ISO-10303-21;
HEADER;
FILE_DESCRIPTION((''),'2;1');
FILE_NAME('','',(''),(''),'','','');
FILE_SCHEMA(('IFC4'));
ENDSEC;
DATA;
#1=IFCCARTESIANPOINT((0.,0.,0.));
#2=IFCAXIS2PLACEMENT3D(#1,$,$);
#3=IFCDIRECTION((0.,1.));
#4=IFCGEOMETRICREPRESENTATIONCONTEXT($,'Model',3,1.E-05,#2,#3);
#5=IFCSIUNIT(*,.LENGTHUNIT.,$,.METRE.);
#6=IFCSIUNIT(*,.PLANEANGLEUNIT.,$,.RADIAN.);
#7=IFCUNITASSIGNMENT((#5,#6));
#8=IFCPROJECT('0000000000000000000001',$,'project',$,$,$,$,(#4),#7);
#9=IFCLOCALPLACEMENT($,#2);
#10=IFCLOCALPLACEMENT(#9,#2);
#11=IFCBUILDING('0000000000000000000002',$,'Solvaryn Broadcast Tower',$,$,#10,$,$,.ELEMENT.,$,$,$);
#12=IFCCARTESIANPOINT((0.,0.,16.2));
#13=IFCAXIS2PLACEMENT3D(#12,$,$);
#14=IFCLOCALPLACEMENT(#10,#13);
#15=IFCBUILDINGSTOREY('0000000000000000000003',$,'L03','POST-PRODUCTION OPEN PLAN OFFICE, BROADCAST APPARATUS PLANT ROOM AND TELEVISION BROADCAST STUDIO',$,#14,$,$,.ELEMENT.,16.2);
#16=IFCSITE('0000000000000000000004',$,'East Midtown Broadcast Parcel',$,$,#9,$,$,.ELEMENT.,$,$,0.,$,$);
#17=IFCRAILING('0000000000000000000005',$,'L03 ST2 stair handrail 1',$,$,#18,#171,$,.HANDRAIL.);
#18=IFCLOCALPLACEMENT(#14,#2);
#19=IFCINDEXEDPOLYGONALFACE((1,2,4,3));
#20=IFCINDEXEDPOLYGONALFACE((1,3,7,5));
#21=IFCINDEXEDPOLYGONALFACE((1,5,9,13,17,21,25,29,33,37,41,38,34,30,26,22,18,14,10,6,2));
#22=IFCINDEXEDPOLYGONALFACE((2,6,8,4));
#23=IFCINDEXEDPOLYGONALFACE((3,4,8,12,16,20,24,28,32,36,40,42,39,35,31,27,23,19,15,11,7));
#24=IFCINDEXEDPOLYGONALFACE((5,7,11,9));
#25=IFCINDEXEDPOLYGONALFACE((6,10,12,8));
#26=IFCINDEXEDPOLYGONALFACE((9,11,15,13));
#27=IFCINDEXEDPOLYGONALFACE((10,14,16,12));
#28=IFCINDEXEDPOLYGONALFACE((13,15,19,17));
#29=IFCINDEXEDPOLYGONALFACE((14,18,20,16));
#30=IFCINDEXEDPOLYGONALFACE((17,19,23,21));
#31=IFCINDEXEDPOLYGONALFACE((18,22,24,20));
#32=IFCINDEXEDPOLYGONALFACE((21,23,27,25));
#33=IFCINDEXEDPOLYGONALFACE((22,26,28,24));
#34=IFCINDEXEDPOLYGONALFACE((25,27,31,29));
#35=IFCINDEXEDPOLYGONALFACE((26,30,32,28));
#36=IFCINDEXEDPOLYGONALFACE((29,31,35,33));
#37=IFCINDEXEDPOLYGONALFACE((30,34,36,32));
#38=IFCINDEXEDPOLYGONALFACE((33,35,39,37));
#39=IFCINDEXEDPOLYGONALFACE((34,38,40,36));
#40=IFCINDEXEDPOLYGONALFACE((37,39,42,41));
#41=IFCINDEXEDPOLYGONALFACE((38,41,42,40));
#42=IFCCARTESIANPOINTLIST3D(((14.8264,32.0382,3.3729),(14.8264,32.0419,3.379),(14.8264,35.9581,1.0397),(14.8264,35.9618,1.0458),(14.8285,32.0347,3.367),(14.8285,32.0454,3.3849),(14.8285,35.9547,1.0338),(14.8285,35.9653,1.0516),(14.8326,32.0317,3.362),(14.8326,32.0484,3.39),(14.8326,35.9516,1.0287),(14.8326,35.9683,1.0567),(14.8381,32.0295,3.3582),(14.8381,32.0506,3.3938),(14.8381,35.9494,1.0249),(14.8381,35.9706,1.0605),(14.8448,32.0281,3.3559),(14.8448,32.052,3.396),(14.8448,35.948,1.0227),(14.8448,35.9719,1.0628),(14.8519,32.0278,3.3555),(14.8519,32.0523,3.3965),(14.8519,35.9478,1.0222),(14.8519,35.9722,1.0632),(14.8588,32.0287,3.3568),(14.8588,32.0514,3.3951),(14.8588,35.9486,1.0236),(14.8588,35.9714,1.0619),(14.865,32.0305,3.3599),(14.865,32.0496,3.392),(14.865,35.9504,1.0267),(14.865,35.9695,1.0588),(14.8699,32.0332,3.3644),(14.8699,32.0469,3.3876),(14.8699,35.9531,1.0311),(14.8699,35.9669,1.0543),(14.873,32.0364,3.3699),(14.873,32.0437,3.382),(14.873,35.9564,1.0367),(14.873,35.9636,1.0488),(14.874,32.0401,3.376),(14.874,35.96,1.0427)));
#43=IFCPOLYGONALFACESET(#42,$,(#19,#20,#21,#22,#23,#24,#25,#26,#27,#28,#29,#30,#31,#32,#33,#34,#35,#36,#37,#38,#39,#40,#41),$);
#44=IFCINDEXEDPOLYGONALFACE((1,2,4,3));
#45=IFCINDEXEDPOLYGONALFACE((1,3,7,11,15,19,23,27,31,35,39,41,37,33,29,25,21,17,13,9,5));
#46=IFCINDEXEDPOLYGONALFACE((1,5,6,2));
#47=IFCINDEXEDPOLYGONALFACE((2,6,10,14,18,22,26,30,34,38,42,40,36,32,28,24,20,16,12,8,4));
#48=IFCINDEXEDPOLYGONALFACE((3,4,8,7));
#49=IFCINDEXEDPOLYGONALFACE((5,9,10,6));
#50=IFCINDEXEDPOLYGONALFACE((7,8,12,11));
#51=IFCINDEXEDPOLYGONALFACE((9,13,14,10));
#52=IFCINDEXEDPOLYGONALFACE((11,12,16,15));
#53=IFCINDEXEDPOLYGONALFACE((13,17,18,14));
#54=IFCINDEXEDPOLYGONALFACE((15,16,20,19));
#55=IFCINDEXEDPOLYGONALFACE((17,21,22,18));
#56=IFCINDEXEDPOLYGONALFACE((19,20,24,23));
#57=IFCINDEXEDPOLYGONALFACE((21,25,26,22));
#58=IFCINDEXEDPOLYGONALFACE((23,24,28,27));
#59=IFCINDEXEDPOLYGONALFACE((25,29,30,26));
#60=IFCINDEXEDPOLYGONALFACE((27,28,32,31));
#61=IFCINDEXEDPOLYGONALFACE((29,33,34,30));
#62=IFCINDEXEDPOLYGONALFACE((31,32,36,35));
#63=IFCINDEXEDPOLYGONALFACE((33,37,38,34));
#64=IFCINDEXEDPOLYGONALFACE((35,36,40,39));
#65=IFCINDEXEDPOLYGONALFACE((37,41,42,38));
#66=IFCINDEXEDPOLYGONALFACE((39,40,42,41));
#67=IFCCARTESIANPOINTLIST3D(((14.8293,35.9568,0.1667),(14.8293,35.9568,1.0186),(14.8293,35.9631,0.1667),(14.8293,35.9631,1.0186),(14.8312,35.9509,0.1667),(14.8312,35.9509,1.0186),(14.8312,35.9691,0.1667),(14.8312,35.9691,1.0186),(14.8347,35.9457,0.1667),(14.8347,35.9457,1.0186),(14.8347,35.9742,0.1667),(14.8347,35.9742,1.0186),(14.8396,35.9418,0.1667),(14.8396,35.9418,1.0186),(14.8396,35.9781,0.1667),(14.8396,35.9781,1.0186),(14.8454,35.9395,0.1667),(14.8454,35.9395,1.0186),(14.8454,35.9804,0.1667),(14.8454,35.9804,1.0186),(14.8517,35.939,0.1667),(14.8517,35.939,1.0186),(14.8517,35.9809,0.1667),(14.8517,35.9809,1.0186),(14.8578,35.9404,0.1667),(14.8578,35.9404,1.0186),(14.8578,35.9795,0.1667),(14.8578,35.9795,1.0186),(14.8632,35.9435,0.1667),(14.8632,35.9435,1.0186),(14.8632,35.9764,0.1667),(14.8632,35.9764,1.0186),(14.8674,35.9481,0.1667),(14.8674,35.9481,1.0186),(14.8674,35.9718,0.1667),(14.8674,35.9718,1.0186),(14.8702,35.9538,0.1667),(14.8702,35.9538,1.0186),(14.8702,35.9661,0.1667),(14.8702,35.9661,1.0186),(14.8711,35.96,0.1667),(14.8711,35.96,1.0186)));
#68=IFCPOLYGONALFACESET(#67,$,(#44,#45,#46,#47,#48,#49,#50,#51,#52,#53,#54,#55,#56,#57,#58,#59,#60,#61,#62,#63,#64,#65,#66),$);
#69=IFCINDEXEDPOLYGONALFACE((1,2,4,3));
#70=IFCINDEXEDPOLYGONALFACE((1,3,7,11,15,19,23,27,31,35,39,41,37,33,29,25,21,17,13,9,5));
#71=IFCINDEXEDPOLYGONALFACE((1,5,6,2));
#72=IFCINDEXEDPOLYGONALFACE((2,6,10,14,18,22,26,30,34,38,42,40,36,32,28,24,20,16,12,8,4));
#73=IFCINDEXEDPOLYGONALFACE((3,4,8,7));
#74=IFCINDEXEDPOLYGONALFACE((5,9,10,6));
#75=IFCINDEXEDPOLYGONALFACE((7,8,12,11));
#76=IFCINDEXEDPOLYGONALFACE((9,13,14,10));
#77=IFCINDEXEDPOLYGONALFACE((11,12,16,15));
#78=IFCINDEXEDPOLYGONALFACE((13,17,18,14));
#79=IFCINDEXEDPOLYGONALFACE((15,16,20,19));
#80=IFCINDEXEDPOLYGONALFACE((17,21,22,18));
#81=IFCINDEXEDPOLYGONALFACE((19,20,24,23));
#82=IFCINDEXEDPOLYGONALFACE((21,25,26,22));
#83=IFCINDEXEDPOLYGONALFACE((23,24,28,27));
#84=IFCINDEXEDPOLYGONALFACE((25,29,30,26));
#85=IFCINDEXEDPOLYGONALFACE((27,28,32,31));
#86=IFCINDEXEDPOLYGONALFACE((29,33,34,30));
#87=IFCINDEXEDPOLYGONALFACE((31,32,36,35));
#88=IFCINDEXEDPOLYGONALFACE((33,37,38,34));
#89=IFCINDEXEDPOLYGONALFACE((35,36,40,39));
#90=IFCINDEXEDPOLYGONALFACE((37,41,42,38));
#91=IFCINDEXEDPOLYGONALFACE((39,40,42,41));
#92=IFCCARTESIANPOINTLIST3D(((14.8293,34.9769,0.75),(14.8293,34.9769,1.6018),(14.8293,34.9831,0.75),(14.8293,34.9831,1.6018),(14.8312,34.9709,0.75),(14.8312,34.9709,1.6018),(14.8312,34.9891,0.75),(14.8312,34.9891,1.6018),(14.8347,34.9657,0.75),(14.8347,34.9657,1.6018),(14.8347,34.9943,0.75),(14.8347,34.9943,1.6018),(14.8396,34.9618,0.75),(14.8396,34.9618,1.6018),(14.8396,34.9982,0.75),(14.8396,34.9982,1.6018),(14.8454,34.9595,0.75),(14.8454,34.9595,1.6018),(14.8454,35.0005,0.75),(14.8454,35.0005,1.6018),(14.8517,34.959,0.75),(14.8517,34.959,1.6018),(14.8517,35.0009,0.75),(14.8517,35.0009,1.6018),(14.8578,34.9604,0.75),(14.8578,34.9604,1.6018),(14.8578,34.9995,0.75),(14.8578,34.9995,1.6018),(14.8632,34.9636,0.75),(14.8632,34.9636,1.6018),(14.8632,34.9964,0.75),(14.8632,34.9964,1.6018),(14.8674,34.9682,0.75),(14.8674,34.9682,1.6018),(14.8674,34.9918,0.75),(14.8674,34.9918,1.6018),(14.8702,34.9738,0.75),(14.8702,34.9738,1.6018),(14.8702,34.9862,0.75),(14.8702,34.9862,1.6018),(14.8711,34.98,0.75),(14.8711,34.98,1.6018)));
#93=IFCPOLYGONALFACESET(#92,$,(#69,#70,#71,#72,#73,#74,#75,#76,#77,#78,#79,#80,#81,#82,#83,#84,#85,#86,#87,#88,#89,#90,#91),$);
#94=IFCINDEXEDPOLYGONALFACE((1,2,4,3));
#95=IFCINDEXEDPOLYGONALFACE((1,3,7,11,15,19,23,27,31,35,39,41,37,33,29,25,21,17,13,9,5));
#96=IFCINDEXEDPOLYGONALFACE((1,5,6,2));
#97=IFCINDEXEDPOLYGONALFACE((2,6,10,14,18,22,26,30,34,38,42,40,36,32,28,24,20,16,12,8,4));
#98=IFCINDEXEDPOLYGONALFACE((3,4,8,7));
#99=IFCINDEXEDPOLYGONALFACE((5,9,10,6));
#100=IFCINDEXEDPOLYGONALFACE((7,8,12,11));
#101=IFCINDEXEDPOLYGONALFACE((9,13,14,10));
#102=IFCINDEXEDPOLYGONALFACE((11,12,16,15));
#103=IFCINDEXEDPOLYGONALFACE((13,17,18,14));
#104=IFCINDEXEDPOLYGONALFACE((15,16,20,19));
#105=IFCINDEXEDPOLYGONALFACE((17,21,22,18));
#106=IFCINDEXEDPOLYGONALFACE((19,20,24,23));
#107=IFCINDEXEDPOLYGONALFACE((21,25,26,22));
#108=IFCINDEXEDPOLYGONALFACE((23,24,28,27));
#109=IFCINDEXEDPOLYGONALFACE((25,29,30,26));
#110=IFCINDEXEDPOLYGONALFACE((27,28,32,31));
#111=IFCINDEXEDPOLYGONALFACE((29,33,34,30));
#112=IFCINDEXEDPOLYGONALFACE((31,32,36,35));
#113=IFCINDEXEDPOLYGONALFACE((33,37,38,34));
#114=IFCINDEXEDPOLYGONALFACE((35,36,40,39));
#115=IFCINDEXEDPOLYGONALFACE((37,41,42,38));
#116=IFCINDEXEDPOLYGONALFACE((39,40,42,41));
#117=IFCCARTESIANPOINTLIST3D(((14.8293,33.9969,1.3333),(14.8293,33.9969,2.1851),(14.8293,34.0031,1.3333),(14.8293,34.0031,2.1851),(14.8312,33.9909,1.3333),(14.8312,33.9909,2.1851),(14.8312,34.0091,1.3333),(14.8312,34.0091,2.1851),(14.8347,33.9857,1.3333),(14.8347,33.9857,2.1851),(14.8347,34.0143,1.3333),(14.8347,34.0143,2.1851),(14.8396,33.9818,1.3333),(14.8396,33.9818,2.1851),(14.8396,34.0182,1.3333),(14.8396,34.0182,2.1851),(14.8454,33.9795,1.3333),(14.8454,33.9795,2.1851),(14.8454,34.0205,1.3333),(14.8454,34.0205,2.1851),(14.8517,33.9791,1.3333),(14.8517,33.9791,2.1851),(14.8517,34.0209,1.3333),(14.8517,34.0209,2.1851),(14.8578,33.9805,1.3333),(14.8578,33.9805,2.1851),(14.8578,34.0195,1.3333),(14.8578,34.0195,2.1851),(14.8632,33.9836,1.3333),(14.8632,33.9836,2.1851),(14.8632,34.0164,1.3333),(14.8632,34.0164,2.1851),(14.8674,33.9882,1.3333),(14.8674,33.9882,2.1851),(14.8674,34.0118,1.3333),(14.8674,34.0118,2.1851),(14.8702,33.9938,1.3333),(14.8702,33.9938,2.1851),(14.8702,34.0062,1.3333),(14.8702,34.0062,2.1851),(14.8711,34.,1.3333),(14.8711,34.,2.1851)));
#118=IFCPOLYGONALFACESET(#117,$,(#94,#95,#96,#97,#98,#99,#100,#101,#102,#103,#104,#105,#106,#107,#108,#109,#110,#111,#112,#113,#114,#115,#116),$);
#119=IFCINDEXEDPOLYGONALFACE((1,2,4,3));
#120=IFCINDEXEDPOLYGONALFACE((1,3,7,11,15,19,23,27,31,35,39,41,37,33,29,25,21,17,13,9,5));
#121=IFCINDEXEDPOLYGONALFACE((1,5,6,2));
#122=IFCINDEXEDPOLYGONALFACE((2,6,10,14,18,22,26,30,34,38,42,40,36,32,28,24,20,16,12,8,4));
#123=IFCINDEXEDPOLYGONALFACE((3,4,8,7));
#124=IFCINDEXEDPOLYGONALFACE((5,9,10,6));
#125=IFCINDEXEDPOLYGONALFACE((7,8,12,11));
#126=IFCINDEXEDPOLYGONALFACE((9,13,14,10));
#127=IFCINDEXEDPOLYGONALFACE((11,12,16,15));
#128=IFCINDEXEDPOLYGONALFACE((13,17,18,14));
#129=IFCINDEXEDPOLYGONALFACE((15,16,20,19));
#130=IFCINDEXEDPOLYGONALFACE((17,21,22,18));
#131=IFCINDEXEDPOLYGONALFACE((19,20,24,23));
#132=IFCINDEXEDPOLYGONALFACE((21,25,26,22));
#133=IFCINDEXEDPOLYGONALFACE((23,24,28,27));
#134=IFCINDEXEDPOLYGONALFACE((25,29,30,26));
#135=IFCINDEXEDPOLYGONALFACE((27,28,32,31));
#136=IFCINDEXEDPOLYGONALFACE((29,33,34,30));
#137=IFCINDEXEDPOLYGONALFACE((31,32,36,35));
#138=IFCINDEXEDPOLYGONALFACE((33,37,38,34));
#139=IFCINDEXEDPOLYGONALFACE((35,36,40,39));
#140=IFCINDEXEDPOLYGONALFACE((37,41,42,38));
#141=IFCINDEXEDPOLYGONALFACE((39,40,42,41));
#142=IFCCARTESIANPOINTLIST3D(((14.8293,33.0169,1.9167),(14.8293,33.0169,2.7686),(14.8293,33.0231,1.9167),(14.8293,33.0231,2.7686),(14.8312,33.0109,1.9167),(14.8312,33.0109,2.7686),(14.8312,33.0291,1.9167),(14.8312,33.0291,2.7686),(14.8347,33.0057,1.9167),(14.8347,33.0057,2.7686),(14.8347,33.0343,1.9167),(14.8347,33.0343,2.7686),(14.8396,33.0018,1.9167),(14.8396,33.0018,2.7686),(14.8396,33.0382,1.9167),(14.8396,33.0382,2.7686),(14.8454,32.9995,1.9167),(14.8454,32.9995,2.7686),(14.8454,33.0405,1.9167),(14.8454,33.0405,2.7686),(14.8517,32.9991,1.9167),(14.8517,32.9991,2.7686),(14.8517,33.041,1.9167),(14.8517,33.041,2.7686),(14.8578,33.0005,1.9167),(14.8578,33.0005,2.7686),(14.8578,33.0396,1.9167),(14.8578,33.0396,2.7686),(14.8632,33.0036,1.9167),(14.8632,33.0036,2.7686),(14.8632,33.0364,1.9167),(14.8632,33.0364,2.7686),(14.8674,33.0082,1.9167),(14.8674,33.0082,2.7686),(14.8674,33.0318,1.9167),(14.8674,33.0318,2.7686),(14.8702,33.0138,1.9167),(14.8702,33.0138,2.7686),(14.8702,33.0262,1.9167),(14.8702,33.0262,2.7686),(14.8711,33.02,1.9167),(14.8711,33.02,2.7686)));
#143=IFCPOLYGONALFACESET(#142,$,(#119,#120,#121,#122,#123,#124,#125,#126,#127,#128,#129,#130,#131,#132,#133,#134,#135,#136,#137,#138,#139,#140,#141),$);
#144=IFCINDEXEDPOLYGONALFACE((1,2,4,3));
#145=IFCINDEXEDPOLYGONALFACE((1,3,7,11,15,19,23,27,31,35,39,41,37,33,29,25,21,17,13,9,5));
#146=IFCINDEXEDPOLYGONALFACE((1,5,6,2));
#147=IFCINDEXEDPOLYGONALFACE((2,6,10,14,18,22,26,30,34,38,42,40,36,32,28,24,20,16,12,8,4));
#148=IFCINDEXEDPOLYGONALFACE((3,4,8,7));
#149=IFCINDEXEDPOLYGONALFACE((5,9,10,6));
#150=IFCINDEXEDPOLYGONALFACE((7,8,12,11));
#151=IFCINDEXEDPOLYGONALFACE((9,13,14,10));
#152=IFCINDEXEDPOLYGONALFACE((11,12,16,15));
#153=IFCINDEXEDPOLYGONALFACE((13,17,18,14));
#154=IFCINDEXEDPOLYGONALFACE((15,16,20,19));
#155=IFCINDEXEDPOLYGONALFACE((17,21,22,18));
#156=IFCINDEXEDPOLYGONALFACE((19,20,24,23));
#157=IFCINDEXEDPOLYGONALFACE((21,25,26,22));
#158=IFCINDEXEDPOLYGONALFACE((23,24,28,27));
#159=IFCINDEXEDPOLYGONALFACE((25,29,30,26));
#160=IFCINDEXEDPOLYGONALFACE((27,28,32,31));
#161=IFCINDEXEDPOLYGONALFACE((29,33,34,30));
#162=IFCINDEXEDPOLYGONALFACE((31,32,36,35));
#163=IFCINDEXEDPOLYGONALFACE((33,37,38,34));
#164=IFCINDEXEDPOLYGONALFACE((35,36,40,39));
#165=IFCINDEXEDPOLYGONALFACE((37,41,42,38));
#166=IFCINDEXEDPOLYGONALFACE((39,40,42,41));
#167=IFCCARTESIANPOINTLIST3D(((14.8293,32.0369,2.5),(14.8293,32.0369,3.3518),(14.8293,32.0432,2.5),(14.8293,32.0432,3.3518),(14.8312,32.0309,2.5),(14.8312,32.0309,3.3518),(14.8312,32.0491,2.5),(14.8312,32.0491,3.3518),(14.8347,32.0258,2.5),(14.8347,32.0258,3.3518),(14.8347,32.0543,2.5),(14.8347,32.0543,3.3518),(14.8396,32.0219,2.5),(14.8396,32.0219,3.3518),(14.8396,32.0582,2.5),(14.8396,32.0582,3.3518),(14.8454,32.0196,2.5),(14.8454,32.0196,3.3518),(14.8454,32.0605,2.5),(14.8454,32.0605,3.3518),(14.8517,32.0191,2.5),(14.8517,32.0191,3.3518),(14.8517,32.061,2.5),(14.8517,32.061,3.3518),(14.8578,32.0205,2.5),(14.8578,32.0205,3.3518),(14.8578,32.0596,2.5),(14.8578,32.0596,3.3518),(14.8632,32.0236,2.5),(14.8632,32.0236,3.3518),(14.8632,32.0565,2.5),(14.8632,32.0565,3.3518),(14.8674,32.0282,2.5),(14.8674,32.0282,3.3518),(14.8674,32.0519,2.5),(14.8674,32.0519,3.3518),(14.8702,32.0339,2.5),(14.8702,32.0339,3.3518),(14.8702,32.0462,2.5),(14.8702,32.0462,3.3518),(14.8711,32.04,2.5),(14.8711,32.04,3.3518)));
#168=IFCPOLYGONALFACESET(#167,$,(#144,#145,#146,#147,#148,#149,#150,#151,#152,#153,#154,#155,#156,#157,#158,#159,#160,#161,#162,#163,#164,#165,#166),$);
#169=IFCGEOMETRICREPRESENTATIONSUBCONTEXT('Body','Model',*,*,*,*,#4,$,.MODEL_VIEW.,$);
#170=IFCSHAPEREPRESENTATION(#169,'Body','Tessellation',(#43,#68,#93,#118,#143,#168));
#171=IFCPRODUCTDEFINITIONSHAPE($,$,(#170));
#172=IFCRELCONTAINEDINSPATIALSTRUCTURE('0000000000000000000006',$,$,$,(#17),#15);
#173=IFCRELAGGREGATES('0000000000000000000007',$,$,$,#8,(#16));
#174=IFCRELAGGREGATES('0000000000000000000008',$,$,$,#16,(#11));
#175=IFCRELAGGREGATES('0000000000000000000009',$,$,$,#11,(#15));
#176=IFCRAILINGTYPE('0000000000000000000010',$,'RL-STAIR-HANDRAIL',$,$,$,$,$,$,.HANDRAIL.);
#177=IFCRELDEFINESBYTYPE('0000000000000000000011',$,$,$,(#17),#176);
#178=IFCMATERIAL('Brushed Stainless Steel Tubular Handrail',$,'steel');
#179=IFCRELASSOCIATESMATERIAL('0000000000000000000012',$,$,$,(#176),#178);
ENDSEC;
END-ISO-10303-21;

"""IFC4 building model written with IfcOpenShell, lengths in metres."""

from ifc_helpers import new_model, si_unit, direction, frame, origin, origin_2d, place, context, subcontext, project, spatial, circle, extrude, material, type_object, element, save


model = new_model("IFC4")

# Units and contexts
model_context = context("Model", 3, precision=1e-05, world=origin(), true_north=direction((0.0, 1.0)))
body_context = subcontext(model_context, "Body", "Model", "MODEL_VIEW")
ifc_project = project(units=[si_unit("LENGTHUNIT", "METRE"), si_unit("PLANEANGLEUNIT", "RADIAN")], contexts=[model_context])

# Site, building, storey
site_placement = place(None, origin())
site = spatial("IfcSite", under=ifc_project, at=site_placement, Name="East Midtown Broadcast Parcel", CompositionType="ELEMENT", RefElevation=0.0)
building_placement = place(site_placement, origin())
building = spatial("IfcBuilding", under=site, at=building_placement, Name="Solvaryn Broadcast Tower", CompositionType="ELEMENT")
storey_placement = place(building_placement, frame((0.0, 0.0, 16.2)))
storey = spatial("IfcBuildingStorey", under=building, at=storey_placement, Name="L03", Description="POST-PRODUCTION OPEN PLAN OFFICE, BROADCAST APPARATUS PLANT ROOM AND TELEVISION BROADCAST STUDIO", CompositionType="ELEMENT", Elevation=16.2)

# Railing
ifc_material_1 = material(Name="Brushed Stainless Steel Tubular Handrail", Category="steel")
railing_type_1 = type_object("IfcRailingType", Name="RL-STAIR-HANDRAIL", PredefinedType="HANDRAIL", material=ifc_material_1)
railing_1_placement = place(storey_placement, frame((14.8501, 35.96, 0.1667)))
element("IfcRailing", 1, at=railing_1_placement, inside=storey, type_object=railing_type_1, Name="L03 ST2 stair handrail 1", PredefinedType="HANDRAIL", context=body_context, shape_type="SweptSolid", body=[
    extrude(circle(Radius=0.0239, at=origin_2d()), frame((0.0, 0.0, 0.876), z_axis=(0.0, -0.859296, 0.511478), x_axis=(1.0, 0.0, 0.0)), (0.0, 0.0, 1.0), 4.5618),
    extrude(circle(Radius=0.021, at=origin_2d()), origin(), (0.0, 0.0, 1.0), 0.8518),
    extrude(circle(Radius=0.021, at=origin_2d()), frame((0.0, -0.98, 0.5833)), (0.0, 0.0, 1.0), 0.8518),
    extrude(circle(Radius=0.021, at=origin_2d()), frame((0.0, -1.96, 1.1665)), (0.0, 0.0, 1.0), 0.8518),
    extrude(circle(Radius=0.021, at=origin_2d()), frame((0.0, -2.9399, 1.75)), (0.0, 0.0, 1.0), 0.8518),
    extrude(circle(Radius=0.021, at=origin_2d()), frame((0.0, -3.9199, 2.3333)), (0.0, 0.0, 1.0), 0.8518),
])

save(model, "model.ifc")
